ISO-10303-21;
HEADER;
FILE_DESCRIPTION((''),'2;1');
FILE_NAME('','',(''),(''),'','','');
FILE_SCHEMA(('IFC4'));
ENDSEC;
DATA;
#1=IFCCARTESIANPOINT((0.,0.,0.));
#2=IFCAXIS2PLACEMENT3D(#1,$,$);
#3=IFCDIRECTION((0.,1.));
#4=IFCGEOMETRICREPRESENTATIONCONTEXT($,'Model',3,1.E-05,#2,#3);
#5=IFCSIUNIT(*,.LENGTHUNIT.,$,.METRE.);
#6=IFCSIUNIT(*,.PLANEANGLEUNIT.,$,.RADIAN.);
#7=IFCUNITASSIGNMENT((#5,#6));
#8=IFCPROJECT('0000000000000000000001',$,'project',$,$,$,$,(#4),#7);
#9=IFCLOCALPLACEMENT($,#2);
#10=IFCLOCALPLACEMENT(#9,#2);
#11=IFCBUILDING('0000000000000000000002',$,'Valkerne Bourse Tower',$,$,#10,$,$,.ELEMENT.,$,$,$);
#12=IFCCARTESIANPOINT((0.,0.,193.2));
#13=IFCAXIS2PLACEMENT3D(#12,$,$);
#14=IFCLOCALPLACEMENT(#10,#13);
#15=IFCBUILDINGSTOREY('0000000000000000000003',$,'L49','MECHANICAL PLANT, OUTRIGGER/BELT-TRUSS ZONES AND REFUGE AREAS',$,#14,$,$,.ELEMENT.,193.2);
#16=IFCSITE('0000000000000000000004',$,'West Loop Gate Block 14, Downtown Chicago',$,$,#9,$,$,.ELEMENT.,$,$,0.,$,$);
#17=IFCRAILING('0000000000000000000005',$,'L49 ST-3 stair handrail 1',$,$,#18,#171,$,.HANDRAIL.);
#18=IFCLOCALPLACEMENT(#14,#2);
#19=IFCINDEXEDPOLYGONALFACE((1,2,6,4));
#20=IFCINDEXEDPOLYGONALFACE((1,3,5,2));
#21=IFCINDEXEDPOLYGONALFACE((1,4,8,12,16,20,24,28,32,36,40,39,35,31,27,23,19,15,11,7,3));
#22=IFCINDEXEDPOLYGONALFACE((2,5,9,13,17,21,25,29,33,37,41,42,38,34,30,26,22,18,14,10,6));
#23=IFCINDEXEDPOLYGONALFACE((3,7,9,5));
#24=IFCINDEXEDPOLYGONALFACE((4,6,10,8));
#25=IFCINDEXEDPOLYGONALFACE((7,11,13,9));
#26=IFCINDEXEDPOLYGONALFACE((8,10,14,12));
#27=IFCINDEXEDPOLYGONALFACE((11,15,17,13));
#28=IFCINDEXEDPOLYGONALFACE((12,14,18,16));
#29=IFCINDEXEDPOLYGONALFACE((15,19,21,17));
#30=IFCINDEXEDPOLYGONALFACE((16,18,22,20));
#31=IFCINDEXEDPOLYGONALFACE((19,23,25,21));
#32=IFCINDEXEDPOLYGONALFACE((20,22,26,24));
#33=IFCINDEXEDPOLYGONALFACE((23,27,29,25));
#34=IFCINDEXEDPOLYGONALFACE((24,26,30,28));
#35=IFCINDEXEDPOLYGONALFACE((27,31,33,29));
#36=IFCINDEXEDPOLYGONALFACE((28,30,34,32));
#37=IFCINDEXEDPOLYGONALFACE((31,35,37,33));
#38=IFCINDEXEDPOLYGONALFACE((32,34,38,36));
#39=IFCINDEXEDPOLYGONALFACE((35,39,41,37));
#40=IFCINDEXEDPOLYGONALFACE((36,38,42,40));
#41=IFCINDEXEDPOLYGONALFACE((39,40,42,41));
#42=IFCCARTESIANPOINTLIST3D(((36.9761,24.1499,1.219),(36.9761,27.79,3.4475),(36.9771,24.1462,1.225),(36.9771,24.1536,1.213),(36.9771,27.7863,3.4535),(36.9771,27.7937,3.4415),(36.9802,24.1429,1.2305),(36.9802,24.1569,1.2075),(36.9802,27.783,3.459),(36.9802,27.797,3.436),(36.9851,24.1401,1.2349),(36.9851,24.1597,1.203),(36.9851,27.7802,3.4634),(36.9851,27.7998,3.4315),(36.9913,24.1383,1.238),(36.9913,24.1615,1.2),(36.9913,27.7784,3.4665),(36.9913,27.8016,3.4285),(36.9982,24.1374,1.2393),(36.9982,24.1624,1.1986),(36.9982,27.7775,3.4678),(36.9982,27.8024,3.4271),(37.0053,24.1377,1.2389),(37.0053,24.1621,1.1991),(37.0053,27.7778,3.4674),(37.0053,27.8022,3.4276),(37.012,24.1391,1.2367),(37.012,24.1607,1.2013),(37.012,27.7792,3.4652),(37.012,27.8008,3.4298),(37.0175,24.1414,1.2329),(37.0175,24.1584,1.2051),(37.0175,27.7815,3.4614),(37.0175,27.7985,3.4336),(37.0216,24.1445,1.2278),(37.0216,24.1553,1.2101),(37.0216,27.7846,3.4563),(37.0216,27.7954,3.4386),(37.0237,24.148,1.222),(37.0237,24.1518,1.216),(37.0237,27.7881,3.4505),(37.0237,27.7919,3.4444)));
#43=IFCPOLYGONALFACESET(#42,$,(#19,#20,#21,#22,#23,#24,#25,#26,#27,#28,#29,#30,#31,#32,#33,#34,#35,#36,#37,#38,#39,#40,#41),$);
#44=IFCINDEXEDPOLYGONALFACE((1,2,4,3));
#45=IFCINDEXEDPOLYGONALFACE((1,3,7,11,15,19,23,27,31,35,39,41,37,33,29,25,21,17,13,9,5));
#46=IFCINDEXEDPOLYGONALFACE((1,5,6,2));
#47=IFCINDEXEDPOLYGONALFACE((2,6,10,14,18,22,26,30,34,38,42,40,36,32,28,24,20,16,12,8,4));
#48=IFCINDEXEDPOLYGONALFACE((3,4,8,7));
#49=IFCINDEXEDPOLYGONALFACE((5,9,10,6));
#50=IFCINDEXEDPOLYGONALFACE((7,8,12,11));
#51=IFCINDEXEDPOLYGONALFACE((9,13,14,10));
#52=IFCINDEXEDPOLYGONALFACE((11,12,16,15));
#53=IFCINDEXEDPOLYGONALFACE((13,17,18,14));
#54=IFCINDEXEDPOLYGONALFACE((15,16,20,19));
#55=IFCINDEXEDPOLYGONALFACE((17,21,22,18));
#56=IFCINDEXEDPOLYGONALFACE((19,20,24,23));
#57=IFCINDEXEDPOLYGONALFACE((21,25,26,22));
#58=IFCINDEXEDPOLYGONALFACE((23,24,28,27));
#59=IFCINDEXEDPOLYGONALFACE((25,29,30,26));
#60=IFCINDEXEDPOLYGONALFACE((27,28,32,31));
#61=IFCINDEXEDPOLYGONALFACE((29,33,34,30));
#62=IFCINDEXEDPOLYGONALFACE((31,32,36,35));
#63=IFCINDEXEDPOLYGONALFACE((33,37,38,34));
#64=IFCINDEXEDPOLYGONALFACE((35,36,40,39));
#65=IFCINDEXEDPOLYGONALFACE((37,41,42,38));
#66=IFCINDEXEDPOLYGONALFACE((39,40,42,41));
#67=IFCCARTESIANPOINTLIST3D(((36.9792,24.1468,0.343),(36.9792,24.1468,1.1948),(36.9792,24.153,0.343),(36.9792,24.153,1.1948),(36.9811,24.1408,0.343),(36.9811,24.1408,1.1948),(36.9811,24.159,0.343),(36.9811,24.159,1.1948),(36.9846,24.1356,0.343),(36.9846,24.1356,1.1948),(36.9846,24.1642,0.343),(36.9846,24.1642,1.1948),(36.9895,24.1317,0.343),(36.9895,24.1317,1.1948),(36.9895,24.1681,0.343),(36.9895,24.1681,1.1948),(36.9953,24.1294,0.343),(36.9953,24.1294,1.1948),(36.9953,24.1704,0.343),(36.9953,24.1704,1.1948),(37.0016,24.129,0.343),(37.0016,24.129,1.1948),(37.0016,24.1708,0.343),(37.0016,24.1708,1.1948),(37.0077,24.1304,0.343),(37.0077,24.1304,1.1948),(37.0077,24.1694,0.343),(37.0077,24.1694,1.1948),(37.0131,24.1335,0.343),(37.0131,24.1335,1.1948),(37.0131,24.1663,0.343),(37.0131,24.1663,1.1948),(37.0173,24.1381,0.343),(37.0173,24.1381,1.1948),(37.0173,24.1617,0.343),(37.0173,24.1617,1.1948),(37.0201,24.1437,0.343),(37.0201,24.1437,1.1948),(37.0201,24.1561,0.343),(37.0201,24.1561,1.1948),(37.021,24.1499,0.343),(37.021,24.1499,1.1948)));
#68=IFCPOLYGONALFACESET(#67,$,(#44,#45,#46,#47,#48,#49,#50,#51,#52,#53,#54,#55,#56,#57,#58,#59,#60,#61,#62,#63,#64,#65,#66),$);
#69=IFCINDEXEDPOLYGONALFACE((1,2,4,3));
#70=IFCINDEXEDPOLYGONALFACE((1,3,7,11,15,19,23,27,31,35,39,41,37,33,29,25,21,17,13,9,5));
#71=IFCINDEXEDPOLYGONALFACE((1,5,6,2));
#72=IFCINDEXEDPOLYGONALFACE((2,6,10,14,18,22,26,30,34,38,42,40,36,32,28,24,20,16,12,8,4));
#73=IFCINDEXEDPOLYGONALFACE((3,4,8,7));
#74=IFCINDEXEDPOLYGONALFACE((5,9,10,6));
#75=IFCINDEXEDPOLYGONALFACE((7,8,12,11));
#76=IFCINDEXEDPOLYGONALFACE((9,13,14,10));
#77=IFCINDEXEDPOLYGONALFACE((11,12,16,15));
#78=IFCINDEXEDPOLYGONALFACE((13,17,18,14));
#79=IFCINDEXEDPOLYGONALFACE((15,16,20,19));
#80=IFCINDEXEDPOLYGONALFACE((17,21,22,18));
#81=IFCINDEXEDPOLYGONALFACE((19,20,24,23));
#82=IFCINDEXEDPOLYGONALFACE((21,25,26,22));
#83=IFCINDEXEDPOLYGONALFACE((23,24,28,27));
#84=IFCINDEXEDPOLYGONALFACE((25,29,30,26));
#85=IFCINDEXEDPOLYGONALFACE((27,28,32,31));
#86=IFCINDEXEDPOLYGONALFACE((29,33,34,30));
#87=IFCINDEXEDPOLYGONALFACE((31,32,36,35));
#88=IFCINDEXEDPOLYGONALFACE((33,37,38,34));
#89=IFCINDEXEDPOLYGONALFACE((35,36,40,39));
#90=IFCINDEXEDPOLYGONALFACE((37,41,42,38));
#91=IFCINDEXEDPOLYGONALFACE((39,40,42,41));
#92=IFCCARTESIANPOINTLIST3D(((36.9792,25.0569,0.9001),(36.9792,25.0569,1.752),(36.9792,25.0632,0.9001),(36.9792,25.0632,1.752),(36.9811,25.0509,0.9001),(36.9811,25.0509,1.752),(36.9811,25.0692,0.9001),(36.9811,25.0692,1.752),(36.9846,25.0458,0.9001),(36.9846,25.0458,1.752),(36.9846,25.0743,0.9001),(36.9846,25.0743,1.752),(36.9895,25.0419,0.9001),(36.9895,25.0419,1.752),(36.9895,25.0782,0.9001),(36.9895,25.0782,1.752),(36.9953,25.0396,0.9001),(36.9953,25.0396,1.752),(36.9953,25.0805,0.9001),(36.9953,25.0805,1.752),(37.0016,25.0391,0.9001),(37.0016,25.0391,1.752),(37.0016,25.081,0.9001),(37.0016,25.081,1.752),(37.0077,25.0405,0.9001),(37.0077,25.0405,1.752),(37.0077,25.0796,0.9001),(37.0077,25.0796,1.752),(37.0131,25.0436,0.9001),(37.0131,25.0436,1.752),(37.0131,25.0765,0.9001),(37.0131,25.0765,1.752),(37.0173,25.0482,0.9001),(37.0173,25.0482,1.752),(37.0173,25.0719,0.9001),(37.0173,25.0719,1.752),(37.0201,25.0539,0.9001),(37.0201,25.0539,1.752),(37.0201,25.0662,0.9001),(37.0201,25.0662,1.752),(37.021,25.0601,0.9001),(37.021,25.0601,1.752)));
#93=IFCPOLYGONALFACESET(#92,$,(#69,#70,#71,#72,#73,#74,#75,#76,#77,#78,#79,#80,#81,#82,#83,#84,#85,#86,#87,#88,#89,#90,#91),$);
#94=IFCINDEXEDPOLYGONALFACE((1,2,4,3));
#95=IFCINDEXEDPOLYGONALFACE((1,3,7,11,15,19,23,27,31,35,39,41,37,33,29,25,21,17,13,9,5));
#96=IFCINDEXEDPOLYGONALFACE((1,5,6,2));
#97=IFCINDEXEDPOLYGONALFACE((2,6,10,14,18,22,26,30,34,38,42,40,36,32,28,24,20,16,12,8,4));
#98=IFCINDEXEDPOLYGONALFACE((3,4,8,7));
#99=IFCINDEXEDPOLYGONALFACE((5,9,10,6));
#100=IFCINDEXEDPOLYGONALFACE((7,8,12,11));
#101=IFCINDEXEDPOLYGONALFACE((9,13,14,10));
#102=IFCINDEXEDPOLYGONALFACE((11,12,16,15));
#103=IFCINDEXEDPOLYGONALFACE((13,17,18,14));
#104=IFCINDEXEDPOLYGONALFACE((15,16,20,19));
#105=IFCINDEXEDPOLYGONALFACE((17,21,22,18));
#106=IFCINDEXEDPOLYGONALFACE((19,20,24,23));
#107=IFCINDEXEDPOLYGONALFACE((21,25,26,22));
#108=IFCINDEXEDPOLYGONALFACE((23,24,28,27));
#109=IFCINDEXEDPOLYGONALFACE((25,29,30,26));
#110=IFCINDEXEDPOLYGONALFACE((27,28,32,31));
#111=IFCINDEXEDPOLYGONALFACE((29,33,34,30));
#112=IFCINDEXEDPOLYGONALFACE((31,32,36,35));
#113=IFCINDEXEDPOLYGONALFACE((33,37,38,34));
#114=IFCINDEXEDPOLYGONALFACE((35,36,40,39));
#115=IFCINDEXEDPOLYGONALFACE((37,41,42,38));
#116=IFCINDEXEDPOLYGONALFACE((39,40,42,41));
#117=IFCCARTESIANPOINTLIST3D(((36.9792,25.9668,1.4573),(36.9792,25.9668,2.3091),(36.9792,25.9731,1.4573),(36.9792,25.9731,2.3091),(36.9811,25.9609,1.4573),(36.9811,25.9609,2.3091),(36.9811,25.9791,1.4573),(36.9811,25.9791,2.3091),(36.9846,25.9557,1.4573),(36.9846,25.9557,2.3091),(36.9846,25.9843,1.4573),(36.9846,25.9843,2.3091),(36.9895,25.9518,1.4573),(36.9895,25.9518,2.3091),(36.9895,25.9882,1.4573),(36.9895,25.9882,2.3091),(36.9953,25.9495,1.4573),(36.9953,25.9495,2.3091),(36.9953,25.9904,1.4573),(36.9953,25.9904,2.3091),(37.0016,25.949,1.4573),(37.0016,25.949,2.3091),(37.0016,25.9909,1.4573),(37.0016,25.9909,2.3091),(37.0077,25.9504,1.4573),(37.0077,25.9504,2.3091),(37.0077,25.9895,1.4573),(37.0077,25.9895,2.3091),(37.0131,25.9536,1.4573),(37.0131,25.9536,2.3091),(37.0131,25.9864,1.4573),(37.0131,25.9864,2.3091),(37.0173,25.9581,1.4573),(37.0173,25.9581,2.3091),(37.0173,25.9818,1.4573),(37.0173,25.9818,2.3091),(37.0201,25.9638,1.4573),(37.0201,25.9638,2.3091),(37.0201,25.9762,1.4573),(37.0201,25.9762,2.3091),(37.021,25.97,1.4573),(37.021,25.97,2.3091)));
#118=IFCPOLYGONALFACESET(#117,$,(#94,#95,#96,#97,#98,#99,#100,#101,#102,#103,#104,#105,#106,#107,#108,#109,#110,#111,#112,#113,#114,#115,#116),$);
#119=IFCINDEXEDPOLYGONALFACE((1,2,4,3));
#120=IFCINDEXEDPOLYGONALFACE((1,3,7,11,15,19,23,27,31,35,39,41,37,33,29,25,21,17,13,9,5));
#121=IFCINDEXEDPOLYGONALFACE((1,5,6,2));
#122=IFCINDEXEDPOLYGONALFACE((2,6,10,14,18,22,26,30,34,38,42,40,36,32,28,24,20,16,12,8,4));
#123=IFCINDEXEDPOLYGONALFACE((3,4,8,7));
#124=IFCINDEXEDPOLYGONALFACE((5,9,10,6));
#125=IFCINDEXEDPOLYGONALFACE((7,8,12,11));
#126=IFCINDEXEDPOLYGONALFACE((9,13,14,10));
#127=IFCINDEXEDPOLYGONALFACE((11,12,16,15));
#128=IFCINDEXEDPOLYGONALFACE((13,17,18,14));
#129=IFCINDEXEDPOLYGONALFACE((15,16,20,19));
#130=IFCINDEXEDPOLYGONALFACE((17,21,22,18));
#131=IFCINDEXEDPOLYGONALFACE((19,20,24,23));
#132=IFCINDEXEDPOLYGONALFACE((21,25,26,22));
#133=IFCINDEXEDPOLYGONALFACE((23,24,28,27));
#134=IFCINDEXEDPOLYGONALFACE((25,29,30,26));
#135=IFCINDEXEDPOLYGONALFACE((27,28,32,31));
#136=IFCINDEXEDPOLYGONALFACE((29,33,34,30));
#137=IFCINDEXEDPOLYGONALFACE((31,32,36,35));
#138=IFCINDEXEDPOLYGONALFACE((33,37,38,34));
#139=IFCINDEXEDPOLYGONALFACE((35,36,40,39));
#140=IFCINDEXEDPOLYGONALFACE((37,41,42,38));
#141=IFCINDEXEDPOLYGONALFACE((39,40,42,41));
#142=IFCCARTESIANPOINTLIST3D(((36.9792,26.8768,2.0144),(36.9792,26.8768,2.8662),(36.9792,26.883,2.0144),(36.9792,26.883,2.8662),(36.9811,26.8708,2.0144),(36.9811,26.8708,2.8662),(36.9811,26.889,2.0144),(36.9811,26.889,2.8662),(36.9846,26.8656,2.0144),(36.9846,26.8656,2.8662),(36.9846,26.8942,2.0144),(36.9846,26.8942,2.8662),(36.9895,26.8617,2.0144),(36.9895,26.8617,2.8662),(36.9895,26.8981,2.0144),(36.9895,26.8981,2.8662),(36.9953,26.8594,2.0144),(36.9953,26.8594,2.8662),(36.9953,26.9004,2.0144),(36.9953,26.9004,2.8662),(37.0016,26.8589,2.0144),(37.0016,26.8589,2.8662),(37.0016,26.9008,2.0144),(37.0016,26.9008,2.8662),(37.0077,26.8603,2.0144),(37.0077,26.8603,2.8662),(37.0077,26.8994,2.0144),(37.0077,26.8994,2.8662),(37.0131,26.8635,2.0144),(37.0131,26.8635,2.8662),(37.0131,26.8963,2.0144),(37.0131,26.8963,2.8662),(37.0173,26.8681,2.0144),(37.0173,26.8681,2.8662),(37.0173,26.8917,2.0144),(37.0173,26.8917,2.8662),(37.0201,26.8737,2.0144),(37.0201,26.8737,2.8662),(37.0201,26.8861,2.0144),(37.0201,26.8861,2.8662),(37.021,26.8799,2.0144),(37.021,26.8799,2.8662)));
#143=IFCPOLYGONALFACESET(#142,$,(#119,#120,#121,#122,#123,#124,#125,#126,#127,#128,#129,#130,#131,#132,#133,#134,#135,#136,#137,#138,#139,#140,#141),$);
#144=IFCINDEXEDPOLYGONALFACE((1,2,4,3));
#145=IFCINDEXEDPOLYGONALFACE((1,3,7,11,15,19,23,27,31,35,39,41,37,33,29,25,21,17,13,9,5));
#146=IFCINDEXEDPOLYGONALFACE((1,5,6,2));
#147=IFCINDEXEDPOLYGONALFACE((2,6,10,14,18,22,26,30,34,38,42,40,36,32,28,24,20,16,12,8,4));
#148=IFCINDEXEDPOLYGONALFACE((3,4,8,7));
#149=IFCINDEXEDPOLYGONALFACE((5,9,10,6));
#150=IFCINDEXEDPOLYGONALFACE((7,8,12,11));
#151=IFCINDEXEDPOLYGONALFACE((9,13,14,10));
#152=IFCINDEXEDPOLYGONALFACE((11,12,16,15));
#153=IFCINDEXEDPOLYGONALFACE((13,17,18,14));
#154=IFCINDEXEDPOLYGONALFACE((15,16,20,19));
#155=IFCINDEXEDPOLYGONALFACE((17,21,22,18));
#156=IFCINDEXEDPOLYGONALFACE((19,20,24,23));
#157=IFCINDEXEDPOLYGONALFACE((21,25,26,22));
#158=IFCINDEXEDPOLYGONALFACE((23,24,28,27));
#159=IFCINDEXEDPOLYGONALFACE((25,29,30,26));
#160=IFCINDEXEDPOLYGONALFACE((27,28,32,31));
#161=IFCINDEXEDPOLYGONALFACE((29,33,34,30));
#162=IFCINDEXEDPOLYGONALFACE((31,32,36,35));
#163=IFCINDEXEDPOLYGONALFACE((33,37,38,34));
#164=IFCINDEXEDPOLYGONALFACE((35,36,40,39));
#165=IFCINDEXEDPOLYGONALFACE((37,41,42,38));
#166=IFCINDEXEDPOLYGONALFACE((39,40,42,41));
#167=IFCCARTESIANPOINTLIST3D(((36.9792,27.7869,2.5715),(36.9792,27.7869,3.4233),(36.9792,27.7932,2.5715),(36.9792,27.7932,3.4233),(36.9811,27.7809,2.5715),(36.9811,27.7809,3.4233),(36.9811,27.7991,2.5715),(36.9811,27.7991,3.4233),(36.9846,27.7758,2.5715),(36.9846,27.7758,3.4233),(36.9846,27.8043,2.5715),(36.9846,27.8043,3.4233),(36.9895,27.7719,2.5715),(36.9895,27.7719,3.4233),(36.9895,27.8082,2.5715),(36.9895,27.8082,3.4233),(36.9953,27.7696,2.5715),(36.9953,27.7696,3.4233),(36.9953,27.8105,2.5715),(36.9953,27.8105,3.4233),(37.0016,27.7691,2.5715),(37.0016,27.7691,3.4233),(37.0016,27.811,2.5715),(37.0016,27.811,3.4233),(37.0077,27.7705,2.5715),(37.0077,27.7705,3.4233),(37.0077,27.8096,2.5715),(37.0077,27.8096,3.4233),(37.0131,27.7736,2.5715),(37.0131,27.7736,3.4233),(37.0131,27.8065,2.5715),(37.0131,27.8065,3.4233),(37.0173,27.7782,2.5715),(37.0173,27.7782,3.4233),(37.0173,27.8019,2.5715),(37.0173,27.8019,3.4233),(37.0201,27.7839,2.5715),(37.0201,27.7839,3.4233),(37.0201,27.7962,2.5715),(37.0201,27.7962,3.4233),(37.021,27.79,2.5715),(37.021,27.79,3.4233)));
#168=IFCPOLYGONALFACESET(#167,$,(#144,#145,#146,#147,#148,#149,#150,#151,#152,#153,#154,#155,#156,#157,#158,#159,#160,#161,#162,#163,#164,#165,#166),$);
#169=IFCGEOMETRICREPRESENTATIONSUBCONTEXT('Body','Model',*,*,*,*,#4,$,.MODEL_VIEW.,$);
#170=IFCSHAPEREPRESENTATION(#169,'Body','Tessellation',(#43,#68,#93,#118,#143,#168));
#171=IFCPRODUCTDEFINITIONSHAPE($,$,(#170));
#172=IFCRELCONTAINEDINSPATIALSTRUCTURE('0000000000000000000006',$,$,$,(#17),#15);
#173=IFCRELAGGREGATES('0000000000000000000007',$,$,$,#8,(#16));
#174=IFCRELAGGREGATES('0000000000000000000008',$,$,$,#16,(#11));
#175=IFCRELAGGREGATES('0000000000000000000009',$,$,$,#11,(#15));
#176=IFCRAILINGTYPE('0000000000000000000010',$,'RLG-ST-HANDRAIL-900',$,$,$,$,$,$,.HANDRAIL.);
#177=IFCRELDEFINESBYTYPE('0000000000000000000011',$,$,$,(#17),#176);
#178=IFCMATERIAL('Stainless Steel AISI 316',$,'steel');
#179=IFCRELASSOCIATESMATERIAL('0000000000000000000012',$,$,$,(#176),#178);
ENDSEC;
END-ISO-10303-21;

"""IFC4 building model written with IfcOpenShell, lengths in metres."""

from ifc_helpers import new_model, si_unit, direction, frame, origin, origin_2d, place, context, subcontext, project, spatial, circle, extrude, material, type_object, element, save


model = new_model("IFC4")

# Units and contexts
model_context = context("Model", 3, precision=1e-05, world=origin(), true_north=direction((0.0, 1.0)))
body_context = subcontext(model_context, "Body", "Model", "MODEL_VIEW")
ifc_project = project(units=[si_unit("LENGTHUNIT", "METRE"), si_unit("PLANEANGLEUNIT", "RADIAN")], contexts=[model_context])

# Site, building, storey
site_placement = place(None, origin())
site = spatial("IfcSite", under=ifc_project, at=site_placement, Name="West Loop Gate Block 14, Downtown Chicago", CompositionType="ELEMENT", RefElevation=0.0)
building_placement = place(site_placement, origin())
building = spatial("IfcBuilding", under=site, at=building_placement, Name="Valkerne Bourse Tower", CompositionType="ELEMENT")
storey_placement = place(building_placement, frame((0.0, 0.0, 193.2)))
storey = spatial("IfcBuildingStorey", under=building, at=storey_placement, Name="L49", Description="MECHANICAL PLANT, OUTRIGGER/BELT-TRUSS ZONES AND REFUGE AREAS", CompositionType="ELEMENT", Elevation=193.2)

# Shared definitions
ifc_material_1 = material(Name="Stainless Steel AISI 316", Category="steel")

# Railing
railing_type_1 = type_object("IfcRailingType", Name="RLG-ST-HANDRAIL-900", PredefinedType="HANDRAIL", material=ifc_material_1)
railing_1_placement = place(storey_placement, frame((37.0, 24.1499, 0.343)))
element("IfcRailing", 1, at=railing_1_placement, inside=storey, type_object=railing_type_1, Name="L49 ST-3 stair handrail 1", PredefinedType="HANDRAIL", context=body_context, shape_type="SweptSolid", body=[
    extrude(circle(Radius=0.0239, at=origin_2d()), frame((0.0, 0.0, 0.876), z_axis=(0.0, 0.852866, 0.52213), x_axis=(-1.0, 0.0, 0.0)), (0.0, 0.0, 1.0), 4.2681),
    extrude(circle(Radius=0.021, at=origin_2d()), origin(), (0.0, 0.0, 1.0), 0.8518),
    extrude(circle(Radius=0.021, at=origin_2d()), frame((0.0, 0.9102, 0.5571)), (0.0, 0.0, 1.0), 0.8518),
    extrude(circle(Radius=0.021, at=origin_2d()), frame((0.0, 1.8201, 1.1143)), (0.0, 0.0, 1.0), 0.8518),
    extrude(circle(Radius=0.021, at=origin_2d()), frame((0.0, 2.73, 1.6714)), (0.0, 0.0, 1.0), 0.8518),
    extrude(circle(Radius=0.021, at=origin_2d()), frame((0.0, 3.6401, 2.2285)), (0.0, 0.0, 1.0), 0.8518),
])

save(model, "model.ifc")
